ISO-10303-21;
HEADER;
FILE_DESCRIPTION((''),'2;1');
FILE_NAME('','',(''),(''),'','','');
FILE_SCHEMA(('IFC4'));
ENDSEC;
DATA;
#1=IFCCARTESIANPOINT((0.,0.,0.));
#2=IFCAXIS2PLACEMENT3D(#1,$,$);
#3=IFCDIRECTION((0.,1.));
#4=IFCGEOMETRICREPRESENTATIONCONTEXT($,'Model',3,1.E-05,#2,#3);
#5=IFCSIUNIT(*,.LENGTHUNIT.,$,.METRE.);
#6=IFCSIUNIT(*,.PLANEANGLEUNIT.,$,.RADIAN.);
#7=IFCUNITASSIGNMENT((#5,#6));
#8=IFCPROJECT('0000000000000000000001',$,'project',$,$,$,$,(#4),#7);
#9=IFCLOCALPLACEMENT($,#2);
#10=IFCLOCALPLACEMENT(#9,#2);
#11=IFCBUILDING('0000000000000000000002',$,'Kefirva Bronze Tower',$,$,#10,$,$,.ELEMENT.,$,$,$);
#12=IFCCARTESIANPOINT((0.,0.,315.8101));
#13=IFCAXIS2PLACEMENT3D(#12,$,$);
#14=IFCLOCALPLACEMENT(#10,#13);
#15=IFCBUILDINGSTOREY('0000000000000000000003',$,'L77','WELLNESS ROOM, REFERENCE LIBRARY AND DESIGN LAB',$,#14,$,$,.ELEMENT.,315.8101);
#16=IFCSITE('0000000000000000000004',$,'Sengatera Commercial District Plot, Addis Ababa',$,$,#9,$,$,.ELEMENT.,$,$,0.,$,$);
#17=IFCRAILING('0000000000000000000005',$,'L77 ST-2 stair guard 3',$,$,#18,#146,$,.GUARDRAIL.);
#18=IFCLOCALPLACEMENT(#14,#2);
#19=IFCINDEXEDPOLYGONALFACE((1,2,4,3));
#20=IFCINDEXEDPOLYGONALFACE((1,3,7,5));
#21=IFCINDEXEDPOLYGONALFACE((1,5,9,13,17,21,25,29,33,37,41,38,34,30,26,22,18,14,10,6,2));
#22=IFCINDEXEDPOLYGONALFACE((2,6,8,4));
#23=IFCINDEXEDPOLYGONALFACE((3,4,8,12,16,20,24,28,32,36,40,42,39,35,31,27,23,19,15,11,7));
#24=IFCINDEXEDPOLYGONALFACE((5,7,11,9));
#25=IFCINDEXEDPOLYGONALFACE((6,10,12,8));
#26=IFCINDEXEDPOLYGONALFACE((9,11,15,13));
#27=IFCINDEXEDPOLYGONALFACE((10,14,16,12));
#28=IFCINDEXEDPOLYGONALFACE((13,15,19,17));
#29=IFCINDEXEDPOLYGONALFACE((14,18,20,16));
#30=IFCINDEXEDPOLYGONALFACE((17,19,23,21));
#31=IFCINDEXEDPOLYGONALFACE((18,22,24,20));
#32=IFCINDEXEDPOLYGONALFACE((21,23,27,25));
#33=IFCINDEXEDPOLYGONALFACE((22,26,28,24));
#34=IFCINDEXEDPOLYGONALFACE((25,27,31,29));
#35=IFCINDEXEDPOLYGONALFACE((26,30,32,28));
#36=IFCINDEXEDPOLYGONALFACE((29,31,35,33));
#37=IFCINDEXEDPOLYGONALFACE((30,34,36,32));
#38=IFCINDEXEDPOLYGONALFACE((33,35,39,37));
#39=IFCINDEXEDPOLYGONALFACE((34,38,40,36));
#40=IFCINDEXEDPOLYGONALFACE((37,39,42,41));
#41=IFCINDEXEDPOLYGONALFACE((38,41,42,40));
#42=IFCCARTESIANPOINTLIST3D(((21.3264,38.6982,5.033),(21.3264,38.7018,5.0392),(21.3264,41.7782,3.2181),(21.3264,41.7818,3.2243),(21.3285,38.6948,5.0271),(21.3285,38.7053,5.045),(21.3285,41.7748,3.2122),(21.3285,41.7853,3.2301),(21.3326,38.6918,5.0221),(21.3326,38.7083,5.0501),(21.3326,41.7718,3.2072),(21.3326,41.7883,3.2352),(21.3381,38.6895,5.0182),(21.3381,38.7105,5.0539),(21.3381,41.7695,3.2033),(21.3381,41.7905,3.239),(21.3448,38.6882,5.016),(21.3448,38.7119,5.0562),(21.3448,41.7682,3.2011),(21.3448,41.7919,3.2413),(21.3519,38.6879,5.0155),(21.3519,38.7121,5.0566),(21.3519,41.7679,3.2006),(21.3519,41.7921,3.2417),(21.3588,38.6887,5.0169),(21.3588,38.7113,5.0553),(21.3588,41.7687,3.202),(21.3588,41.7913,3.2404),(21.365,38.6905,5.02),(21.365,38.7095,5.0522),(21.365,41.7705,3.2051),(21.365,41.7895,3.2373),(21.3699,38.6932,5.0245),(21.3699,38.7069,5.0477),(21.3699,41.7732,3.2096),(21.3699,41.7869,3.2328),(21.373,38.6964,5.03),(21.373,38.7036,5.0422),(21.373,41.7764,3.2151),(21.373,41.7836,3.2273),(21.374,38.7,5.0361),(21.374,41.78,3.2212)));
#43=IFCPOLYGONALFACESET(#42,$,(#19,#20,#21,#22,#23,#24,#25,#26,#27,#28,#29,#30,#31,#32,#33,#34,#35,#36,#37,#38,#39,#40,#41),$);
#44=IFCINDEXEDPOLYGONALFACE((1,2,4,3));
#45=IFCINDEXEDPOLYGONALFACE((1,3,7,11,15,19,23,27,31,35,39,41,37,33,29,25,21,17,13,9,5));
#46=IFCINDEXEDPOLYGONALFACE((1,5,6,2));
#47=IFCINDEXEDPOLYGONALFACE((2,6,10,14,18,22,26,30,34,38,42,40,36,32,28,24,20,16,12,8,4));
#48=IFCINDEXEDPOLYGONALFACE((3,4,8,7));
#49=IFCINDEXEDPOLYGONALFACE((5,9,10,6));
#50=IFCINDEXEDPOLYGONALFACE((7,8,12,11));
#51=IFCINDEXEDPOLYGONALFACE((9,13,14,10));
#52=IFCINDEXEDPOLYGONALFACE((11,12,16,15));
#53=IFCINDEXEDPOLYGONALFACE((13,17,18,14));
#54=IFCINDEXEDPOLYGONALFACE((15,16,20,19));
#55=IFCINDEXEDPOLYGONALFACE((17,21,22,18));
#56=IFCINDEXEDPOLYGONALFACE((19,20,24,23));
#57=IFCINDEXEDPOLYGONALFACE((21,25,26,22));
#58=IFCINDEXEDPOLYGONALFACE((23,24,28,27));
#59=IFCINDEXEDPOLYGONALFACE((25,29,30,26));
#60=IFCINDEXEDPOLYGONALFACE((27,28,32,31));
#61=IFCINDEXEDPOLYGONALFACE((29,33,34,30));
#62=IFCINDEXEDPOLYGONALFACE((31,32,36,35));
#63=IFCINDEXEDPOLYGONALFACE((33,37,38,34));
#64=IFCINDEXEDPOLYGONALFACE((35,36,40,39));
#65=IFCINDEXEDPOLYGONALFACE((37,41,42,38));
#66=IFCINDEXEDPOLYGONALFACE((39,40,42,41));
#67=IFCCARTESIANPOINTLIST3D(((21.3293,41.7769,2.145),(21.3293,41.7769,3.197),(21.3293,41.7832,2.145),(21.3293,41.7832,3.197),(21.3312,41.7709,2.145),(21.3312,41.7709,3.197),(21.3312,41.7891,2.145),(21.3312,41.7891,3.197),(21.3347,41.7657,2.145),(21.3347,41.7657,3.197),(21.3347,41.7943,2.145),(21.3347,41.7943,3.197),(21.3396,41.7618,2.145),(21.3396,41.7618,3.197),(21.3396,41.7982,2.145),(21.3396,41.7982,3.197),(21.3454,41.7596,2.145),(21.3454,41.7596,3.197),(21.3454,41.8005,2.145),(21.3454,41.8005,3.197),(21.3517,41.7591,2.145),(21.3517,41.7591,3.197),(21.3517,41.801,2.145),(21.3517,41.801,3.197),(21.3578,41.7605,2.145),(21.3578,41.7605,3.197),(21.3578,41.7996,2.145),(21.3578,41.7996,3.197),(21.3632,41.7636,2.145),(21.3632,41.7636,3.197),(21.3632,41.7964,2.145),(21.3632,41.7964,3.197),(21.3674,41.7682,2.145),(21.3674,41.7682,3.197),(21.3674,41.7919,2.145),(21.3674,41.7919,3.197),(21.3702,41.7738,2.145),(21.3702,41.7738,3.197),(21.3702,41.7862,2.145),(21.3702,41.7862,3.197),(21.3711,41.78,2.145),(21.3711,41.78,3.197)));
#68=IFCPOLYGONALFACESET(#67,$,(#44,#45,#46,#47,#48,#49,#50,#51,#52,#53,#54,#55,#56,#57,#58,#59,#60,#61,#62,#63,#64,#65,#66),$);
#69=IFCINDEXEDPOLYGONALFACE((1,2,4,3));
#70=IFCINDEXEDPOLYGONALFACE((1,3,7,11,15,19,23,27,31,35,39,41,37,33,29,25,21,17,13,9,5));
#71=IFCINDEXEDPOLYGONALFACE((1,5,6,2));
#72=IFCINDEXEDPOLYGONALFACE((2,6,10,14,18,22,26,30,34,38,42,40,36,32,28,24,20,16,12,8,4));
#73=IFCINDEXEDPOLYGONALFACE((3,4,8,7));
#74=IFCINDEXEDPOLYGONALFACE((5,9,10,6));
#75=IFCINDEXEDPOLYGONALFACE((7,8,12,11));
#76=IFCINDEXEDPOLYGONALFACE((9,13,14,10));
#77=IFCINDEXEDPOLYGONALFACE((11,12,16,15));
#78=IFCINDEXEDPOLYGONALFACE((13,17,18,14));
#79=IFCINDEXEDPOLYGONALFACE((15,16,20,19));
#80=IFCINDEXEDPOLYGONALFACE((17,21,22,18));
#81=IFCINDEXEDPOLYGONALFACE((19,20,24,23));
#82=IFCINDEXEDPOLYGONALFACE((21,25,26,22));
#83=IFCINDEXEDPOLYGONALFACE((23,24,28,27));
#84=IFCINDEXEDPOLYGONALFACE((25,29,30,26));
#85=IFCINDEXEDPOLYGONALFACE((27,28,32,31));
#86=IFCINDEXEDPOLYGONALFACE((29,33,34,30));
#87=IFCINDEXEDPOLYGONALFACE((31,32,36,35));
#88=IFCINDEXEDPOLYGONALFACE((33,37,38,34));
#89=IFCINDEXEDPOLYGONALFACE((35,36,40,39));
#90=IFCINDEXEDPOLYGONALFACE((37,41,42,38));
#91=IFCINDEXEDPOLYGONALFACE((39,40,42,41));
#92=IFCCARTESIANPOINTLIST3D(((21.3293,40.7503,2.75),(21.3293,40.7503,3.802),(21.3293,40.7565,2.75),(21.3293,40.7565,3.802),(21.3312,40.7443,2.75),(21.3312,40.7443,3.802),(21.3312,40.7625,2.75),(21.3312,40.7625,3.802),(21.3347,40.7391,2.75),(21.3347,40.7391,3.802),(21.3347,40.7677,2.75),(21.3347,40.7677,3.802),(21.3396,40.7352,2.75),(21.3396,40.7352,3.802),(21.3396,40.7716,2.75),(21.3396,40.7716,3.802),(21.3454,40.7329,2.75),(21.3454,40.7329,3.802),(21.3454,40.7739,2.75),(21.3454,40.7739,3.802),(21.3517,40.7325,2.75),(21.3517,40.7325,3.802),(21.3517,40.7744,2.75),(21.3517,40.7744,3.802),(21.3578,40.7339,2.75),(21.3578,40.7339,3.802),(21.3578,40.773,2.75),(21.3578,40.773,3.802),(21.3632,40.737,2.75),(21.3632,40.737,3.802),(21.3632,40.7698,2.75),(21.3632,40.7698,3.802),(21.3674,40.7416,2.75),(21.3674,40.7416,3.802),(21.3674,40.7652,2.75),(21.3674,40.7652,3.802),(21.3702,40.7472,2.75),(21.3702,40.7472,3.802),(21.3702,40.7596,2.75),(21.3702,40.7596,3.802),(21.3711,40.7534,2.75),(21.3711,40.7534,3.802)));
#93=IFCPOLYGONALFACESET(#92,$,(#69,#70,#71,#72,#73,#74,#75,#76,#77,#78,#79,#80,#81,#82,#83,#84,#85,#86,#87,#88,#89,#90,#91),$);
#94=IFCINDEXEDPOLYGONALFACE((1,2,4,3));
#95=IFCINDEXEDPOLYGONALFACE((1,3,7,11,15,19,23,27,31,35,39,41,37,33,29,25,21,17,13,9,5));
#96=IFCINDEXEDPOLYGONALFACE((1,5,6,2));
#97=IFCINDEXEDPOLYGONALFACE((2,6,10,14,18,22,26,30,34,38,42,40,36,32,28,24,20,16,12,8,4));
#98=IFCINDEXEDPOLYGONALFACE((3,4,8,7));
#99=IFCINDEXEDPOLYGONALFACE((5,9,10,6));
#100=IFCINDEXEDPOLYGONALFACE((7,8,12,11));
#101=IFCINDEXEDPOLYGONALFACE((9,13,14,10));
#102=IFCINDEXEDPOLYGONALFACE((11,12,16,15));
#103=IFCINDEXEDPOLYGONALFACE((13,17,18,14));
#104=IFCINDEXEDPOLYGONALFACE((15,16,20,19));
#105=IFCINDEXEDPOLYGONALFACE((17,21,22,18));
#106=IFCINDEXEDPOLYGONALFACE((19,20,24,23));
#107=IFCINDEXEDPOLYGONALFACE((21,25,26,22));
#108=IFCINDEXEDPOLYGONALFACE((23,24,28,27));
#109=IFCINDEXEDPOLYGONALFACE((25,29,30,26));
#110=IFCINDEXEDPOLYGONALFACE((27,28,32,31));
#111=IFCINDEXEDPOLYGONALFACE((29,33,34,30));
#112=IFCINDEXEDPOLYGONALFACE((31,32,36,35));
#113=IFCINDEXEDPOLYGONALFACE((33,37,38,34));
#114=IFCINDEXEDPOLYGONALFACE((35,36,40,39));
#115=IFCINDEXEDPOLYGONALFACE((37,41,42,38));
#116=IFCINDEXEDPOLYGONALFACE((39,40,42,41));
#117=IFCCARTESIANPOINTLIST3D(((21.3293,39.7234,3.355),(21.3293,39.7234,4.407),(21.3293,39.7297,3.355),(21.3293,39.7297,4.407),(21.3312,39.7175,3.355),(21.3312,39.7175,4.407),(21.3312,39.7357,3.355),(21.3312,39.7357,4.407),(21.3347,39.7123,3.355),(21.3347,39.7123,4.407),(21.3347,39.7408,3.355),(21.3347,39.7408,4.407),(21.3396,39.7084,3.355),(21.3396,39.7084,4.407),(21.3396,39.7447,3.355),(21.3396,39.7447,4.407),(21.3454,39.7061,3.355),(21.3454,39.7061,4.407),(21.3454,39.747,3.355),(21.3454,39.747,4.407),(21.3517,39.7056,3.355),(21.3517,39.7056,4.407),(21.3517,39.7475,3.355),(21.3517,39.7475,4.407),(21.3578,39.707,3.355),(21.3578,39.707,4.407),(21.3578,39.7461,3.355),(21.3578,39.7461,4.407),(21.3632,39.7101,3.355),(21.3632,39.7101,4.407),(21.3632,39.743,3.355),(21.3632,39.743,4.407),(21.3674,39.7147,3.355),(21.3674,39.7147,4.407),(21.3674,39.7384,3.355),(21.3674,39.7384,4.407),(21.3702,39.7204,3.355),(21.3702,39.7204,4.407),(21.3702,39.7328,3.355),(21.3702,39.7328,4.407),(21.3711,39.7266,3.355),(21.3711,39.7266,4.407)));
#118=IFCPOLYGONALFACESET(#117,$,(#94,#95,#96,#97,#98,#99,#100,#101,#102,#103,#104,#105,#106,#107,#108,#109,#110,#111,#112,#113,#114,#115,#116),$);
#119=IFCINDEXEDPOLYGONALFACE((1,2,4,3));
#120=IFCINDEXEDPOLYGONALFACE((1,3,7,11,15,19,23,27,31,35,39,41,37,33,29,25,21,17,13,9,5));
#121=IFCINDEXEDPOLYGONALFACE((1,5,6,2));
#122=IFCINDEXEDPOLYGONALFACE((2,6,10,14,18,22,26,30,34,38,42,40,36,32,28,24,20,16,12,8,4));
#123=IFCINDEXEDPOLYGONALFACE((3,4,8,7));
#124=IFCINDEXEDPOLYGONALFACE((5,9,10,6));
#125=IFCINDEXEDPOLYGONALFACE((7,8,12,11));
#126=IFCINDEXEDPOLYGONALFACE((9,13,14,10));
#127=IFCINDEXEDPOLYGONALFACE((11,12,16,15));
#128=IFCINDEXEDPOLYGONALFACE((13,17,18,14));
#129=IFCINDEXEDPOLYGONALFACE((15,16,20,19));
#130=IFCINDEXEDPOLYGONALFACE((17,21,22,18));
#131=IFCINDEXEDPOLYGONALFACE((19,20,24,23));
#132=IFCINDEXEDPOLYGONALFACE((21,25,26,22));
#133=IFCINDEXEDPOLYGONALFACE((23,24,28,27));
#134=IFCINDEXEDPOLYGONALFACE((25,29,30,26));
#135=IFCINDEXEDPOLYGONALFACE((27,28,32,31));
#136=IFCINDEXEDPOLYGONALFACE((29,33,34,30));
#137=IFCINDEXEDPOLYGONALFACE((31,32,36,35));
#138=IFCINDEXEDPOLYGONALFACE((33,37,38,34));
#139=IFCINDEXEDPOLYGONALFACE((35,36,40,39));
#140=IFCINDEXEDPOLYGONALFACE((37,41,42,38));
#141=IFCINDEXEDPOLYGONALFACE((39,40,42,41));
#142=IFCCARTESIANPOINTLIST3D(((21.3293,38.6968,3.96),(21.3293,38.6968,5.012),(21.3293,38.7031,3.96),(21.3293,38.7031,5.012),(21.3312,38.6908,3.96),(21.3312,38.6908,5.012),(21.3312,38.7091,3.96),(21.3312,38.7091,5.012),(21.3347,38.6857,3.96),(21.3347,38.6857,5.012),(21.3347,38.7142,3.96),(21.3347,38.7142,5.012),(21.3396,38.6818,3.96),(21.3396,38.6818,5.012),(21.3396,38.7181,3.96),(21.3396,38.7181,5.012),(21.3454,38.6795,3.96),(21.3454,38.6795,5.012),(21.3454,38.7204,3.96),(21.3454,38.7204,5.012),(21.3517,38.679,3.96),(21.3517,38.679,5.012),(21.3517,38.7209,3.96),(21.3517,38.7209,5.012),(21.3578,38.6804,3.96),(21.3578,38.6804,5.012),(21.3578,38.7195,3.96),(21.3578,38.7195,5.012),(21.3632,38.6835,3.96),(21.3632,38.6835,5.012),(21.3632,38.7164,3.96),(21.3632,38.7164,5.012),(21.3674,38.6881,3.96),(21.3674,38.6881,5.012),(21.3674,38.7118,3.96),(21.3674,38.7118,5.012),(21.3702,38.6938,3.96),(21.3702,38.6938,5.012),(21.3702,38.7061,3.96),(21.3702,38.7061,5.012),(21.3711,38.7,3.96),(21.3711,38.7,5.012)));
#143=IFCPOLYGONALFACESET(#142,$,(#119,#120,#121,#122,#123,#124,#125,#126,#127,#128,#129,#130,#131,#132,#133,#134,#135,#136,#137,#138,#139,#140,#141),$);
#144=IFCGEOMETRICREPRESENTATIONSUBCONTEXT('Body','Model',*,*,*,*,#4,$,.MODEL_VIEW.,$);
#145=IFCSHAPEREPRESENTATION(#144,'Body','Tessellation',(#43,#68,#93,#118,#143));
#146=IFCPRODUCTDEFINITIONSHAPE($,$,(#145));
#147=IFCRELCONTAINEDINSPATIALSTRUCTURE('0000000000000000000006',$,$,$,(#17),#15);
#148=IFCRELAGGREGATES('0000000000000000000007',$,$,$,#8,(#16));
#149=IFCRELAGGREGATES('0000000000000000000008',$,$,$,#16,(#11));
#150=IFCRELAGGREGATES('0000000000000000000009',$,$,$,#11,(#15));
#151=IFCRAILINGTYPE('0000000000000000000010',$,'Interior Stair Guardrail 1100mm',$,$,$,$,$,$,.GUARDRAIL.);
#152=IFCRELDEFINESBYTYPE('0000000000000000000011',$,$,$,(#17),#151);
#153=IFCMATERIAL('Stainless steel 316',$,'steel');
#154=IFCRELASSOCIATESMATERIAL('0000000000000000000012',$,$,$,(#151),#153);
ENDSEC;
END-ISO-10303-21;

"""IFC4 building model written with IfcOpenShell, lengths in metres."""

from ifc_helpers import new_model, si_unit, direction, frame, origin, origin_2d, place, context, subcontext, project, spatial, circle, extrude, material, type_object, element, save


model = new_model("IFC4")

# Units and contexts
model_context = context("Model", 3, precision=1e-05, world=origin(), true_north=direction((0.0, 1.0)))
body_context = subcontext(model_context, "Body", "Model", "MODEL_VIEW")
ifc_project = project(units=[si_unit("LENGTHUNIT", "METRE"), si_unit("PLANEANGLEUNIT", "RADIAN")], contexts=[model_context])

# Site, building, storey
site_placement = place(None, origin())
site = spatial("IfcSite", under=ifc_project, at=site_placement, Name="Sengatera Commercial District Plot, Addis Ababa", CompositionType="ELEMENT", RefElevation=0.0)
building_placement = place(site_placement, origin())
building = spatial("IfcBuilding", under=site, at=building_placement, Name="Kefirva Bronze Tower", CompositionType="ELEMENT")
storey_placement = place(building_placement, frame((0.0, 0.0, 315.8101)))
storey = spatial("IfcBuildingStorey", under=building, at=storey_placement, Name="L77", Description="WELLNESS ROOM, REFERENCE LIBRARY AND DESIGN LAB", CompositionType="ELEMENT", Elevation=315.8101)

# Shared definitions
ifc_material_1 = material(Name="Stainless steel 316", Category="steel")

# Railing
railing_type_1 = type_object("IfcRailingType", Name="Interior Stair Guardrail 1100mm", PredefinedType="GUARDRAIL", material=ifc_material_1)
railing_1_placement = place(storey_placement, frame((21.3501, 41.78, 2.145)))
element("IfcRailing", 1, at=railing_1_placement, inside=storey, type_object=railing_type_1, Name="L77 ST-2 stair guard 3", PredefinedType="GUARDRAIL", context=body_context, shape_type="SweptSolid", body=[
    extrude(circle(Radius=0.0239, at=origin_2d()), frame((0.0, 0.0, 1.0762), z_axis=(0.0, -0.861551, 0.507671), x_axis=(1.0, 0.0, 0.0)), (0.0, 0.0, 1.0), 3.575),
    extrude(circle(Radius=0.021, at=origin_2d()), origin(), (0.0, 0.0, 1.0), 1.052),
    extrude(circle(Radius=0.021, at=origin_2d()), frame((0.0, -1.0266, 0.605)), (0.0, 0.0, 1.0), 1.052),
    extrude(circle(Radius=0.021, at=origin_2d()), frame((0.0, -2.0535, 1.21)), (0.0, 0.0, 1.0), 1.052),
    extrude(circle(Radius=0.021, at=origin_2d()), frame((0.0, -3.0801, 1.8149)), (0.0, 0.0, 1.0), 1.052),
])

save(model, "model.ifc")
